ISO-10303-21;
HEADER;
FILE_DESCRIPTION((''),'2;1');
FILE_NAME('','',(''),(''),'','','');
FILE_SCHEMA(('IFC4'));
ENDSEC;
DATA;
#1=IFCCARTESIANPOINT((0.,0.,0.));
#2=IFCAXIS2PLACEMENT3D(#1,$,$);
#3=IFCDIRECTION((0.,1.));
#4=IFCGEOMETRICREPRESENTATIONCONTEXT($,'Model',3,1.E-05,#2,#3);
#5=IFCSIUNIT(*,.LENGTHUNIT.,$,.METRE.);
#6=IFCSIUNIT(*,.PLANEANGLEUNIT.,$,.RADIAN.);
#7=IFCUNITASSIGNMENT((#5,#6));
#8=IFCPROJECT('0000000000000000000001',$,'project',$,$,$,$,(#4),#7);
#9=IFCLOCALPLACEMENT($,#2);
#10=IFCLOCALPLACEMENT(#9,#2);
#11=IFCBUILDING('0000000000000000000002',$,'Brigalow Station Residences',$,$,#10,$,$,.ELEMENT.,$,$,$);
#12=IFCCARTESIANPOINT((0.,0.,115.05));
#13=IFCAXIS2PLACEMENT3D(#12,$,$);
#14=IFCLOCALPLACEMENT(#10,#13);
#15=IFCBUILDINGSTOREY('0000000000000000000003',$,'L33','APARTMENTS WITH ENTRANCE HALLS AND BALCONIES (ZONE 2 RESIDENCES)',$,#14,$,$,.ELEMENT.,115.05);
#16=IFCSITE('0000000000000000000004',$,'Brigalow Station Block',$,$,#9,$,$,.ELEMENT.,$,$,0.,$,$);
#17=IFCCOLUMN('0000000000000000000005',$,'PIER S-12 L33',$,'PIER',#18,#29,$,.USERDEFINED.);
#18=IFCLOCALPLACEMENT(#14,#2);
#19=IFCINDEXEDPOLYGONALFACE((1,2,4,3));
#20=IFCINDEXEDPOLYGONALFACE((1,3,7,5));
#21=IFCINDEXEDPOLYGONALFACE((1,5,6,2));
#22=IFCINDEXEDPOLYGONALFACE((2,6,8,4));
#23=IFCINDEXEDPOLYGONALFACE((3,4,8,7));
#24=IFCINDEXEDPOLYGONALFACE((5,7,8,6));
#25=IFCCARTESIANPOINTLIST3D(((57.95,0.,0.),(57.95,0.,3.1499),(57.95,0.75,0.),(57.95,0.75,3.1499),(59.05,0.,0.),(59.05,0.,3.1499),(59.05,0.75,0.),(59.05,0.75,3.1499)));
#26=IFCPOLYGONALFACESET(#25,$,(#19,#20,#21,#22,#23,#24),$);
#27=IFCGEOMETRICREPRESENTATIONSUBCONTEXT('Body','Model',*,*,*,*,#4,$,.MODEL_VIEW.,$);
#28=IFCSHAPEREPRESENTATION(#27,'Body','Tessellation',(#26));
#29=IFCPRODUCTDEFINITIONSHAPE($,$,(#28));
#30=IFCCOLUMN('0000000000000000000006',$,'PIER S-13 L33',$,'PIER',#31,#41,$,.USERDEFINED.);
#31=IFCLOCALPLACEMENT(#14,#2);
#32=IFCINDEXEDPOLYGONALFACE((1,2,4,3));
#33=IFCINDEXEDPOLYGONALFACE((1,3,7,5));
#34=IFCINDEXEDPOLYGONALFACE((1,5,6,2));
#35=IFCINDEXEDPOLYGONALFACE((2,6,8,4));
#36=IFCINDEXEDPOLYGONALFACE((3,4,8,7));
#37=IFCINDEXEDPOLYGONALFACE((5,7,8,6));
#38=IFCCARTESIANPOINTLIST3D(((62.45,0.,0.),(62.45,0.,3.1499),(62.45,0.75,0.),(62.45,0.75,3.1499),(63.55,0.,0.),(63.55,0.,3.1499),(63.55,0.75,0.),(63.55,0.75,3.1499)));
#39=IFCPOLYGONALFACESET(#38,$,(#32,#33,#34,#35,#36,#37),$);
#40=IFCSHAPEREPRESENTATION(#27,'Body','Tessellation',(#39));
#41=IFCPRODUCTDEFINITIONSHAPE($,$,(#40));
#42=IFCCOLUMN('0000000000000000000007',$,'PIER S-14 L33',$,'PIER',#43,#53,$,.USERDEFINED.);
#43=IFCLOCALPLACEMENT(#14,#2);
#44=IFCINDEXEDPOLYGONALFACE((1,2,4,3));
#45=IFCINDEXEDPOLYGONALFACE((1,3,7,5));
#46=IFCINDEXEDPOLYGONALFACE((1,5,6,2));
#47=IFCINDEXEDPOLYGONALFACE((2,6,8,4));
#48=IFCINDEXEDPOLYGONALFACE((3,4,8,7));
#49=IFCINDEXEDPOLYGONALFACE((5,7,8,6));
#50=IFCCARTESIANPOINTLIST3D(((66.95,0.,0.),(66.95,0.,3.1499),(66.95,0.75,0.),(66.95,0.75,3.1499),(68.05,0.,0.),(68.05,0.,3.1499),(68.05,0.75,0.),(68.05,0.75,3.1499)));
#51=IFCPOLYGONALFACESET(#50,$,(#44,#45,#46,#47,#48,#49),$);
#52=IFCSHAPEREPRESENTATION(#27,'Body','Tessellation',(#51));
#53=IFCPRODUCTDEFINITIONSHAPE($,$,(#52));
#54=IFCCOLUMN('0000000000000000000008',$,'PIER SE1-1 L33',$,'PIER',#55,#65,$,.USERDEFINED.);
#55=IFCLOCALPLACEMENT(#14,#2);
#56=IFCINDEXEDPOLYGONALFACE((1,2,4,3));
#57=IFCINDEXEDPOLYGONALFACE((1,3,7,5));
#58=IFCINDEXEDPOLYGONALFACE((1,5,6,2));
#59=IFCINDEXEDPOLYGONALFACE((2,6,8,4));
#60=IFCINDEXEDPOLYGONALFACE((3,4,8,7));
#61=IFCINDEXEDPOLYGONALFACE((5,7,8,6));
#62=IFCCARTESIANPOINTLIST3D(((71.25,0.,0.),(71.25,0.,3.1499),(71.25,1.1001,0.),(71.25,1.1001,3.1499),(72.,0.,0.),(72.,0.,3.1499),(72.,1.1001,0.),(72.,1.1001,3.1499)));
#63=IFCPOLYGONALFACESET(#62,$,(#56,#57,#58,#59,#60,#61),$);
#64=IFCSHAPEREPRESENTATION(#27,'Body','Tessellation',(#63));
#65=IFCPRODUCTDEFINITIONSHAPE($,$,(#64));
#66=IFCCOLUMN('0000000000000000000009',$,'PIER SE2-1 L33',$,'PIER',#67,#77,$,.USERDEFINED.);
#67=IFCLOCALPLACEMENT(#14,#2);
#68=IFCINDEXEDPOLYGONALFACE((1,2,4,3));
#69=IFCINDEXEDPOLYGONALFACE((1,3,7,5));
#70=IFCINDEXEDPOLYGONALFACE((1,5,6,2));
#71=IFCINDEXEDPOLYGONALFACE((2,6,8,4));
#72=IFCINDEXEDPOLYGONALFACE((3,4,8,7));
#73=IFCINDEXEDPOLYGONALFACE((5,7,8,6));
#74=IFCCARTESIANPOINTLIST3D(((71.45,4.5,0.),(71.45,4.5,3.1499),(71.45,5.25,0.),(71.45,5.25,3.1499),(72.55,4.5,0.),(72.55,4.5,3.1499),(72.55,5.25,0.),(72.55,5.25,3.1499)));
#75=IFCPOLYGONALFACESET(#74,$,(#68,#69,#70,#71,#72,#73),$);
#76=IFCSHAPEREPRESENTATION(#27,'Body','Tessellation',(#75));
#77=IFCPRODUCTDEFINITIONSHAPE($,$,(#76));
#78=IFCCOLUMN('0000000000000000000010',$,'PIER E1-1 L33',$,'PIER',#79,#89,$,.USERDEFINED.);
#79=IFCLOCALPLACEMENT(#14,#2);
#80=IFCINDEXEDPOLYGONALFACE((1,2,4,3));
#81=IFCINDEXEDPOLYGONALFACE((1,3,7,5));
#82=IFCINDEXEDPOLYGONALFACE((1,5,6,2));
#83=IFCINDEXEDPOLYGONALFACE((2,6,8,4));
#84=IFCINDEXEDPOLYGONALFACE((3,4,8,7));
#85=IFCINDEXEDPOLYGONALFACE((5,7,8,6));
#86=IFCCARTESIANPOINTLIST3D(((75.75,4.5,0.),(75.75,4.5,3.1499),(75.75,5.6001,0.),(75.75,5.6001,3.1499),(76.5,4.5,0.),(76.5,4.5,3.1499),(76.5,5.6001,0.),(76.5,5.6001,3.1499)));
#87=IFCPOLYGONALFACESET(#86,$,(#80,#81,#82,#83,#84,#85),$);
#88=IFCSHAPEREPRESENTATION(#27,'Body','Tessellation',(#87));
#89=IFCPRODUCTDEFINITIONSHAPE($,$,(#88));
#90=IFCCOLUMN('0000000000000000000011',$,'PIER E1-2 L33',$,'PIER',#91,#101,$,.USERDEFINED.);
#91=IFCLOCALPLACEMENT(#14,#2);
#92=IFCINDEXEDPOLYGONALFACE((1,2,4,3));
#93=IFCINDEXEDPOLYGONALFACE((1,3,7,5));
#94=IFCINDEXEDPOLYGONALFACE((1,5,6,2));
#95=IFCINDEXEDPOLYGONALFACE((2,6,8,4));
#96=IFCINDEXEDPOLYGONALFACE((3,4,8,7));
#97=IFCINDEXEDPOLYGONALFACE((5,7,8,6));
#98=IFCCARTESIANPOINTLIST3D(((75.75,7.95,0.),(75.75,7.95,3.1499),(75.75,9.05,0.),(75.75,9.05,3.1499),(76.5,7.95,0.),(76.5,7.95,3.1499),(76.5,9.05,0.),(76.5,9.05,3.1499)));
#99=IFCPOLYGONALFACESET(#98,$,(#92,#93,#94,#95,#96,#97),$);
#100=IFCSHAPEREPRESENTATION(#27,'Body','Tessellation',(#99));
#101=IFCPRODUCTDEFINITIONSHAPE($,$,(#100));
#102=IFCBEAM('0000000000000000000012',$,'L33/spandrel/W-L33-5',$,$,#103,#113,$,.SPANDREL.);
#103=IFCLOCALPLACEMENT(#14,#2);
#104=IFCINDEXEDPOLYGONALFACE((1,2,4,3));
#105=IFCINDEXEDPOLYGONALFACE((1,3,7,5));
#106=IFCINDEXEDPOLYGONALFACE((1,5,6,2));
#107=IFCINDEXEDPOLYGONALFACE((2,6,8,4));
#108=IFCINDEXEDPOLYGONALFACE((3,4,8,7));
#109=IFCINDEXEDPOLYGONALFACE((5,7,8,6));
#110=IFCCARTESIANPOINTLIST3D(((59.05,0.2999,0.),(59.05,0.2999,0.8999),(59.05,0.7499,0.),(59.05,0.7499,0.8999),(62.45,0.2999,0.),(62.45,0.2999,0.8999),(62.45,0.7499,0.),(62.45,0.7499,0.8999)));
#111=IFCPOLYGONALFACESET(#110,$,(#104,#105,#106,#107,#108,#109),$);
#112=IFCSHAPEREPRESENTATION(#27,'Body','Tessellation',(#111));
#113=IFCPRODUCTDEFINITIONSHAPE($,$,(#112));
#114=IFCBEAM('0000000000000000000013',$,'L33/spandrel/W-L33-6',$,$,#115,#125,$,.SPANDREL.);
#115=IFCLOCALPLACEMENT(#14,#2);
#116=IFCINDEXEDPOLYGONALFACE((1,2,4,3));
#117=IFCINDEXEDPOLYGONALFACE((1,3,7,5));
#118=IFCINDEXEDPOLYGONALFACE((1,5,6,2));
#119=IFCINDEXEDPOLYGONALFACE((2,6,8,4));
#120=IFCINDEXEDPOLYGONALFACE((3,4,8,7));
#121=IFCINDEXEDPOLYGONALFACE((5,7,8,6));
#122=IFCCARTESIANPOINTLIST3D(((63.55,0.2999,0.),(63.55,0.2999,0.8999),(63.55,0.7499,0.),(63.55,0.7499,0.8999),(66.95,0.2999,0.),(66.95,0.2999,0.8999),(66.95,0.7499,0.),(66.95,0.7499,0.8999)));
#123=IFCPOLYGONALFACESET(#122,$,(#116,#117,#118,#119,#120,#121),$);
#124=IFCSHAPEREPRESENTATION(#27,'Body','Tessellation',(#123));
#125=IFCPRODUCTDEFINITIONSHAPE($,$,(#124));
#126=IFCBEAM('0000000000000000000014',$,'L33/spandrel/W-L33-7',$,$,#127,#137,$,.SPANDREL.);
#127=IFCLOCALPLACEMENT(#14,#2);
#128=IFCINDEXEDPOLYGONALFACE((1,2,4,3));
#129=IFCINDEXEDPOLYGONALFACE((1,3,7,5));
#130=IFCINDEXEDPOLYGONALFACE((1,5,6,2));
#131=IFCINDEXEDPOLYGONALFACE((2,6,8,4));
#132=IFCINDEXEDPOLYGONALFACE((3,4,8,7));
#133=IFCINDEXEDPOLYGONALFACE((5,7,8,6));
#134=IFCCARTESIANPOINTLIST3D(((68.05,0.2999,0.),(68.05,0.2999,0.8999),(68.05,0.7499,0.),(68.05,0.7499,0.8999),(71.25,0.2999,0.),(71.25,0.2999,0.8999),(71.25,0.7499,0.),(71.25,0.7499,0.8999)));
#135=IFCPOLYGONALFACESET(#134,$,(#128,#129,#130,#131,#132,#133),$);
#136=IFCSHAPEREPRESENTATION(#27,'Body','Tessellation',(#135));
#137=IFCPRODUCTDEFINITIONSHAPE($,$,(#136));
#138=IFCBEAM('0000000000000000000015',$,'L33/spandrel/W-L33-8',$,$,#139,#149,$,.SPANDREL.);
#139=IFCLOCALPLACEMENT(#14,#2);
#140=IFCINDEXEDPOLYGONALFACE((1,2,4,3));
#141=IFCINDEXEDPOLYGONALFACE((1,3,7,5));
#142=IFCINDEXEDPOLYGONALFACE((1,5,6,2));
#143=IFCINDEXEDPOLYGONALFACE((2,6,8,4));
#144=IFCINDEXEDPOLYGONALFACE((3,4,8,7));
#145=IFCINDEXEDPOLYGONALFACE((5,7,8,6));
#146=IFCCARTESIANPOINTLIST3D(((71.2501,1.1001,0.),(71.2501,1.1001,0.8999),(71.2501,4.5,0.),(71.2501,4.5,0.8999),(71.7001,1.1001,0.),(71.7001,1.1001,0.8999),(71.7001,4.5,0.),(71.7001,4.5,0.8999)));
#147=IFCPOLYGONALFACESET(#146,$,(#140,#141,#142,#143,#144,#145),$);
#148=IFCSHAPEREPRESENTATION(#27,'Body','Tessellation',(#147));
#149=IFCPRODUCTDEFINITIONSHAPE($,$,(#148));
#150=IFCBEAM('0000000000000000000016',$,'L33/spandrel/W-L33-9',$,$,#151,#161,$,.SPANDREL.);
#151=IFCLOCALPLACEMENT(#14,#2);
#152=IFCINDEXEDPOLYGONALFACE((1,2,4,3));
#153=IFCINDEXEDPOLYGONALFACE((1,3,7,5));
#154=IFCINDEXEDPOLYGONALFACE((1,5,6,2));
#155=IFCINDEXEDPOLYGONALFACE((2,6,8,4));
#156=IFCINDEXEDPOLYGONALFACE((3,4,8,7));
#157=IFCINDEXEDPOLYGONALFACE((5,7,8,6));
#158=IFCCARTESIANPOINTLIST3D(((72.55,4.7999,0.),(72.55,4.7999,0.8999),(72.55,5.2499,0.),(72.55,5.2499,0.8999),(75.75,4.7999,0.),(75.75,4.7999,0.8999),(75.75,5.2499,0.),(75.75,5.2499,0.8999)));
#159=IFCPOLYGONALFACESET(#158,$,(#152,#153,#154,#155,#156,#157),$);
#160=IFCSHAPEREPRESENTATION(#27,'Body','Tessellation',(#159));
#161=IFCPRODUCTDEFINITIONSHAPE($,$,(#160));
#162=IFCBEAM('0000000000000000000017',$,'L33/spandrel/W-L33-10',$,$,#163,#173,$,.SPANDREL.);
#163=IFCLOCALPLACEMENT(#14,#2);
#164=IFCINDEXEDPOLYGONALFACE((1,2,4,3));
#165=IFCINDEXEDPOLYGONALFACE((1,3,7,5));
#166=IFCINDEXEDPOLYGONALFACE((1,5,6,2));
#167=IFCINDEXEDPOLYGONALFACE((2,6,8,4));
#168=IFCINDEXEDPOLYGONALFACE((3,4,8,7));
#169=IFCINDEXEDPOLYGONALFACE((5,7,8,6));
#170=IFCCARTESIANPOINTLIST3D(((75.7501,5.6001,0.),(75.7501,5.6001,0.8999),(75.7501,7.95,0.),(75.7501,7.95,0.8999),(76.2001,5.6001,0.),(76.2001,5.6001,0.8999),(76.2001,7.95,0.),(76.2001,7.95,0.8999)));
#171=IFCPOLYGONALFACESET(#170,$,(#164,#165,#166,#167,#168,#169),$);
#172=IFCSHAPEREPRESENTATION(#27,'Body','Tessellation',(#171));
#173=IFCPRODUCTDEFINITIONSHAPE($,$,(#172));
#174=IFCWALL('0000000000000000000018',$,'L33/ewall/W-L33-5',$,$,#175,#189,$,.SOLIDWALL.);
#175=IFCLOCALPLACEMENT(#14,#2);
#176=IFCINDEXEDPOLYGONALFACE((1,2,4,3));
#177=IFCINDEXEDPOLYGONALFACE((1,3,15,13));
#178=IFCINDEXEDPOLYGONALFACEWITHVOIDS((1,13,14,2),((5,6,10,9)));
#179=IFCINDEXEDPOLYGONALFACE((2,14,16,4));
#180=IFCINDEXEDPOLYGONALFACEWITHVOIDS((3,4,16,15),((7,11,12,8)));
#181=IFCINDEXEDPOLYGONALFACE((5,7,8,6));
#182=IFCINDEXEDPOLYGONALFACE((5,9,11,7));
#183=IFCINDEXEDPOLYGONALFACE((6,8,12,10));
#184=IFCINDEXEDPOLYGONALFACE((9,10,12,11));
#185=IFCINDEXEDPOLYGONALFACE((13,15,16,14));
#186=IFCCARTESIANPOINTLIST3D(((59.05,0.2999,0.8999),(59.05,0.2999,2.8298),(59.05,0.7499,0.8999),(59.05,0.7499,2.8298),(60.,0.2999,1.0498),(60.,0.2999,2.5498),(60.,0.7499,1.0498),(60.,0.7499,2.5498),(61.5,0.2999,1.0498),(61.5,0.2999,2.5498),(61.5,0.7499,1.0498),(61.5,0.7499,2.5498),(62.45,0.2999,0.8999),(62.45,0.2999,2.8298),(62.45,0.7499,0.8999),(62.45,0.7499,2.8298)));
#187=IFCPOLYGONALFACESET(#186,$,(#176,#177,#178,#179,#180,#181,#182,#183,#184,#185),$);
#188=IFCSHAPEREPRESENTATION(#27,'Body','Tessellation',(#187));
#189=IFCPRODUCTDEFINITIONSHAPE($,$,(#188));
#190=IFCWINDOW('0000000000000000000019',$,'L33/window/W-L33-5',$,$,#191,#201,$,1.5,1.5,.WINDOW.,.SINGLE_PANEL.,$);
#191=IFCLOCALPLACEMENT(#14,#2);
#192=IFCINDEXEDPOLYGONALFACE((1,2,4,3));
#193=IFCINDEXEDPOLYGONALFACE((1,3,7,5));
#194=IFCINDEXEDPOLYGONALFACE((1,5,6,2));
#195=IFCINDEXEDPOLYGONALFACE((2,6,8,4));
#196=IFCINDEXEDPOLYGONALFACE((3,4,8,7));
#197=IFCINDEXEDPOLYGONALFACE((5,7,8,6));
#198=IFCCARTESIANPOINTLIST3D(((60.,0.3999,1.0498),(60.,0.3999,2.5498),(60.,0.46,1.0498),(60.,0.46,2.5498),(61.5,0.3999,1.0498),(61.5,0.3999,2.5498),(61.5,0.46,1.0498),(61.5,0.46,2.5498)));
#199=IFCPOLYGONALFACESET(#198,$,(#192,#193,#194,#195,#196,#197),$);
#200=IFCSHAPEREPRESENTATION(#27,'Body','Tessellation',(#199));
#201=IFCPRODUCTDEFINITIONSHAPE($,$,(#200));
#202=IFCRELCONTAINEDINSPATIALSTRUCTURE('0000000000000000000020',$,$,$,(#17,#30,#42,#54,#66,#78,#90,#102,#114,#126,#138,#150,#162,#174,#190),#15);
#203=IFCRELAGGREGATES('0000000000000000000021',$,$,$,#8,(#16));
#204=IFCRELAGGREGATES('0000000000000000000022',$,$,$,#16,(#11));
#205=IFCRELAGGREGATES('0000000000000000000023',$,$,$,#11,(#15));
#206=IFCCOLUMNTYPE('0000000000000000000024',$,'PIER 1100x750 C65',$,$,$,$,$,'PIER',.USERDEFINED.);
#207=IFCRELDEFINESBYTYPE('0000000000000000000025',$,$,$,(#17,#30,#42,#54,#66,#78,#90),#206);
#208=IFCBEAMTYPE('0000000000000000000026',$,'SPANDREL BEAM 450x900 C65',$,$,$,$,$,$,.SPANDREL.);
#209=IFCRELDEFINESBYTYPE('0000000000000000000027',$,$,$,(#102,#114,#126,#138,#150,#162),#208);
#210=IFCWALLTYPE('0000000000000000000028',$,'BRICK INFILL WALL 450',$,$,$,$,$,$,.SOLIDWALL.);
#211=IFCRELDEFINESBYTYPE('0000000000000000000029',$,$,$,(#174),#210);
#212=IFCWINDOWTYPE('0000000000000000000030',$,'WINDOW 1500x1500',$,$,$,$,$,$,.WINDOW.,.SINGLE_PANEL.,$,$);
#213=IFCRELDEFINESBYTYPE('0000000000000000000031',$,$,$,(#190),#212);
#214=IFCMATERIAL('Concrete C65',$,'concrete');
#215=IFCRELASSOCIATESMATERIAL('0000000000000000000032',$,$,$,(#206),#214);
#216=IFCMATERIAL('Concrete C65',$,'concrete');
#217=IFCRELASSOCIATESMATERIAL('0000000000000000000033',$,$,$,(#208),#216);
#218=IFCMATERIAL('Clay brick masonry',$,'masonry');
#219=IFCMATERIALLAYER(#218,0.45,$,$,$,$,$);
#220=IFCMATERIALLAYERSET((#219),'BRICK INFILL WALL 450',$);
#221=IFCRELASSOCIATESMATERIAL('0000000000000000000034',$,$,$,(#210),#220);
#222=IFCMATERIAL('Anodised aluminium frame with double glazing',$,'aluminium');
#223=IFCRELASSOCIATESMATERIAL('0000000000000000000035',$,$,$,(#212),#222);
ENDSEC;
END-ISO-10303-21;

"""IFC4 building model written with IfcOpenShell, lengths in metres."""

from ifc_helpers import new_model, si_unit, direction, frame, frame_2d, origin, origin_2d, place, context, subcontext, project, spatial, rectangle, extrude, material, layer, layer_set, material_profile, profile_set, type_object, element, fill, save


model = new_model("IFC4")

# Units and contexts
model_context = context("Model", 3, precision=1e-05, world=origin(), true_north=direction((0.0, 1.0)))
body_context = subcontext(model_context, "Body", "Model", "MODEL_VIEW")
ifc_project = project(units=[si_unit("LENGTHUNIT", "METRE"), si_unit("PLANEANGLEUNIT", "RADIAN")], contexts=[model_context])

# Site, building, storey
site_placement = place(None, origin())
site = spatial("IfcSite", under=ifc_project, at=site_placement, Name="Brigalow Station Block", CompositionType="ELEMENT", RefElevation=0.0)
building_placement = place(site_placement, origin())
building = spatial("IfcBuilding", under=site, at=building_placement, Name="Brigalow Station Residences", CompositionType="ELEMENT")
storey_placement = place(building_placement, frame((0.0, 0.0, 115.05)))
storey = spatial("IfcBuildingStorey", under=building, at=storey_placement, Name="L33", Description="APARTMENTS WITH ENTRANCE HALLS AND BALCONIES (ZONE 2 RESIDENCES)", CompositionType="ELEMENT", Elevation=115.05)

# Columns
ifc_material_1 = material(Name="Concrete C65", Category="concrete")
ifc_material_profile_1 = material_profile(ifc_material_1, rectangle(XDim=1.1001, YDim=0.75, at=origin_2d()), Name="RC1100x750")
ifc_profile_set_1 = profile_set([ifc_material_profile_1], Name="Concrete C65")
column_type = type_object("IfcColumnType", Name="PIER 1100x750 C65", ElementType="PIER", PredefinedType="USERDEFINED", material=ifc_profile_set_1)
for number, where, z_axis, x_axis, name in (
    (1, (58.5, 0.375, 0.0), (0.0, 0.0, 1.0), (1.0, 0.0, 0.0), "PIER S-12 L33"),
    (2, (63.0, 0.375, 0.0), (0.0, 0.0, 1.0), (1.0, 0.0, 0.0), "PIER S-13 L33"),
    (3, (67.5, 0.375, 0.0), (0.0, 0.0, 1.0), (1.0, 0.0, 0.0), "PIER S-14 L33"),
    (4, (71.625, 0.55, 0.0), (0.0, 0.0, 1.0), (0.0, 1.0, 0.0), "PIER SE1-1 L33"),
    (5, (72.0, 4.875, 0.0), (0.0, 0.0, 1.0), (1.0, 0.0, 0.0), "PIER SE2-1 L33"),
    (6, (76.125, 5.05, 0.0), (0.0, 0.0, 1.0), (0.0, 1.0, 0.0), "PIER E1-1 L33"),
    (7, (76.125, 8.5, 0.0), (0.0, 0.0, 1.0), (0.0, 1.0, 0.0), "PIER E1-2 L33"),
):
    element("IfcColumn", number, at=place(storey_placement, frame(where, z_axis=z_axis, x_axis=x_axis)), inside=storey, type_object=column_type, Name=name, ObjectType="PIER", PredefinedType="USERDEFINED", context=body_context, shape_type="SweptSolid", body=[
        extrude(rectangle(XDim=1.1001, YDim=0.75, at=origin_2d()), origin(), (0.0, 0.0, 1.0), 3.1499),
    ])

# Beams
ifc_material_2 = material(Name="Concrete C65", Category="concrete")
ifc_material_profile_2 = material_profile(ifc_material_2, rectangle(XDim=0.45, YDim=0.8999, at=origin_2d()), Name="RC450x900")
ifc_profile_set_2 = profile_set([ifc_material_profile_2], Name="Concrete C65")
beam_type = type_object("IfcBeamType", Name="SPANDREL BEAM 450x900 C65", PredefinedType="SPANDREL", material=ifc_profile_set_2)
for number, where, z_axis, x_axis, name in (
    (8, (59.05, 0.5249, 0.45), (1.0, 0.0, 0.0), (0.0, 1.0, 0.0), "L33/spandrel/W-L33-5"),
    (9, (63.55, 0.5249, 0.45), (1.0, 0.0, 0.0), (0.0, 1.0, 0.0), "L33/spandrel/W-L33-6"),
):
    element("IfcBeam", number, at=place(storey_placement, frame(where, z_axis=z_axis, x_axis=x_axis)), inside=storey, type_object=beam_type, Name=name, PredefinedType="SPANDREL", context=body_context, shape_type="SweptSolid", body=[
        extrude(rectangle(XDim=0.45, YDim=0.8999, at=origin_2d()), origin(), (0.0, 0.0, 1.0), 3.3999),
    ])
beam_1_placement = place(storey_placement, frame((68.05, 0.5249, 0.45), z_axis=(1.0, 0.0, 0.0), x_axis=(0.0, 1.0, 0.0)))
element("IfcBeam", 10, at=beam_1_placement, inside=storey, type_object=beam_type, Name="L33/spandrel/W-L33-7", PredefinedType="SPANDREL", context=body_context, shape_type="SweptSolid", body=[
    extrude(rectangle(XDim=0.45, YDim=0.8999, at=origin_2d()), origin(), (0.0, 0.0, 1.0), 3.2),
])
beam_2_placement = place(storey_placement, frame((71.4751, 1.1001, 0.45), z_axis=(0.0, 1.0, 0.0), x_axis=(-1.0, 0.0, 0.0)))
element("IfcBeam", 11, at=beam_2_placement, inside=storey, type_object=beam_type, Name="L33/spandrel/W-L33-8", PredefinedType="SPANDREL", context=body_context, shape_type="SweptSolid", body=[
    extrude(rectangle(XDim=0.45, YDim=0.8999, at=origin_2d()), origin(), (0.0, 0.0, 1.0), 3.3999),
])
beam_3_placement = place(storey_placement, frame((72.55, 5.0249, 0.45), z_axis=(1.0, 0.0, 0.0), x_axis=(0.0, 1.0, 0.0)))
element("IfcBeam", 12, at=beam_3_placement, inside=storey, type_object=beam_type, Name="L33/spandrel/W-L33-9", PredefinedType="SPANDREL", context=body_context, shape_type="SweptSolid", body=[
    extrude(rectangle(XDim=0.45, YDim=0.8999, at=origin_2d()), origin(), (0.0, 0.0, 1.0), 3.2),
])
beam_4_placement = place(storey_placement, frame((75.9751, 5.6001, 0.45), z_axis=(0.0, 1.0, 0.0), x_axis=(-1.0, 0.0, 0.0)))
element("IfcBeam", 13, at=beam_4_placement, inside=storey, type_object=beam_type, Name="L33/spandrel/W-L33-10", PredefinedType="SPANDREL", context=body_context, shape_type="SweptSolid", body=[
    extrude(rectangle(XDim=0.45, YDim=0.8999, at=origin_2d()), origin(), (0.0, 0.0, 1.0), 2.3499),
])

# Wall, opening, window
ifc_material_3 = material(Name="Clay brick masonry", Category="masonry")
ifc_layer_1 = layer(ifc_material_3, 0.45)
ifc_layer_set_1 = layer_set([ifc_layer_1], Name="BRICK INFILL WALL 450")
wall_type_1 = type_object("IfcWallType", Name="BRICK INFILL WALL 450", PredefinedType="SOLIDWALL", material=ifc_layer_set_1)
wall_1_placement = place(storey_placement, frame((59.05, 0.5249, 0.8999), z_axis=(0.0, 0.0, 1.0), x_axis=(1.0, 0.0, 0.0)))
wall_1 = element("IfcWall", 14, at=wall_1_placement, inside=storey, type_object=wall_type_1, Name="L33/ewall/W-L33-5", PredefinedType="SOLIDWALL", context=body_context, shape_type="SweptSolid", body=[
    extrude(rectangle(XDim=3.3999, YDim=0.45, at=frame_2d((1.7, 0.0))), origin(), (0.0, 0.0, 1.0), 1.9299),
])
opening_1_placement = place(wall_1_placement, frame((0.95, 0.0, 0.1499)))
opening_1 = element("IfcOpeningElement", 15, at=opening_1_placement, cuts=wall_1, PredefinedType="OPENING", context=body_context, shape_type="SweptSolid", body=[
    extrude(rectangle(XDim=1.5, YDim=1.5, at=frame_2d((0.75, 0.75))), frame((0.0, 0.2349, 0.0), z_axis=(0.0, -1.0, 0.0), x_axis=(1.0, 0.0, 0.0)), (0.0, 0.0, 1.0), 0.47),
])
ifc_material_4 = material(Name="Anodised aluminium frame with double glazing", Category="aluminium")
window_type_1 = type_object("IfcWindowType", Name="WINDOW 1500x1500", PartitioningType="SINGLE_PANEL", PredefinedType="WINDOW", material=ifc_material_4)
window_1_placement = place(opening_1_placement, origin())
window_1 = element("IfcWindow", 16, at=window_1_placement, inside=storey, type_object=window_type_1, Name="L33/window/W-L33-5", OverallHeight=1.5, OverallWidth=1.5, PartitioningType="SINGLE_PANEL", PredefinedType="WINDOW", context=body_context, shape_type="SweptSolid", body=[
    extrude(rectangle(XDim=1.5, YDim=1.5, at=frame_2d((0.75, 0.75))), frame((0.0, -0.0649, 0.0), z_axis=(0.0, -1.0, 0.0), x_axis=(1.0, 0.0, 0.0)), (0.0, 0.0, 1.0), 0.0601),
])
fill(opening_1, window_1)

save(model, "model.ifc")
